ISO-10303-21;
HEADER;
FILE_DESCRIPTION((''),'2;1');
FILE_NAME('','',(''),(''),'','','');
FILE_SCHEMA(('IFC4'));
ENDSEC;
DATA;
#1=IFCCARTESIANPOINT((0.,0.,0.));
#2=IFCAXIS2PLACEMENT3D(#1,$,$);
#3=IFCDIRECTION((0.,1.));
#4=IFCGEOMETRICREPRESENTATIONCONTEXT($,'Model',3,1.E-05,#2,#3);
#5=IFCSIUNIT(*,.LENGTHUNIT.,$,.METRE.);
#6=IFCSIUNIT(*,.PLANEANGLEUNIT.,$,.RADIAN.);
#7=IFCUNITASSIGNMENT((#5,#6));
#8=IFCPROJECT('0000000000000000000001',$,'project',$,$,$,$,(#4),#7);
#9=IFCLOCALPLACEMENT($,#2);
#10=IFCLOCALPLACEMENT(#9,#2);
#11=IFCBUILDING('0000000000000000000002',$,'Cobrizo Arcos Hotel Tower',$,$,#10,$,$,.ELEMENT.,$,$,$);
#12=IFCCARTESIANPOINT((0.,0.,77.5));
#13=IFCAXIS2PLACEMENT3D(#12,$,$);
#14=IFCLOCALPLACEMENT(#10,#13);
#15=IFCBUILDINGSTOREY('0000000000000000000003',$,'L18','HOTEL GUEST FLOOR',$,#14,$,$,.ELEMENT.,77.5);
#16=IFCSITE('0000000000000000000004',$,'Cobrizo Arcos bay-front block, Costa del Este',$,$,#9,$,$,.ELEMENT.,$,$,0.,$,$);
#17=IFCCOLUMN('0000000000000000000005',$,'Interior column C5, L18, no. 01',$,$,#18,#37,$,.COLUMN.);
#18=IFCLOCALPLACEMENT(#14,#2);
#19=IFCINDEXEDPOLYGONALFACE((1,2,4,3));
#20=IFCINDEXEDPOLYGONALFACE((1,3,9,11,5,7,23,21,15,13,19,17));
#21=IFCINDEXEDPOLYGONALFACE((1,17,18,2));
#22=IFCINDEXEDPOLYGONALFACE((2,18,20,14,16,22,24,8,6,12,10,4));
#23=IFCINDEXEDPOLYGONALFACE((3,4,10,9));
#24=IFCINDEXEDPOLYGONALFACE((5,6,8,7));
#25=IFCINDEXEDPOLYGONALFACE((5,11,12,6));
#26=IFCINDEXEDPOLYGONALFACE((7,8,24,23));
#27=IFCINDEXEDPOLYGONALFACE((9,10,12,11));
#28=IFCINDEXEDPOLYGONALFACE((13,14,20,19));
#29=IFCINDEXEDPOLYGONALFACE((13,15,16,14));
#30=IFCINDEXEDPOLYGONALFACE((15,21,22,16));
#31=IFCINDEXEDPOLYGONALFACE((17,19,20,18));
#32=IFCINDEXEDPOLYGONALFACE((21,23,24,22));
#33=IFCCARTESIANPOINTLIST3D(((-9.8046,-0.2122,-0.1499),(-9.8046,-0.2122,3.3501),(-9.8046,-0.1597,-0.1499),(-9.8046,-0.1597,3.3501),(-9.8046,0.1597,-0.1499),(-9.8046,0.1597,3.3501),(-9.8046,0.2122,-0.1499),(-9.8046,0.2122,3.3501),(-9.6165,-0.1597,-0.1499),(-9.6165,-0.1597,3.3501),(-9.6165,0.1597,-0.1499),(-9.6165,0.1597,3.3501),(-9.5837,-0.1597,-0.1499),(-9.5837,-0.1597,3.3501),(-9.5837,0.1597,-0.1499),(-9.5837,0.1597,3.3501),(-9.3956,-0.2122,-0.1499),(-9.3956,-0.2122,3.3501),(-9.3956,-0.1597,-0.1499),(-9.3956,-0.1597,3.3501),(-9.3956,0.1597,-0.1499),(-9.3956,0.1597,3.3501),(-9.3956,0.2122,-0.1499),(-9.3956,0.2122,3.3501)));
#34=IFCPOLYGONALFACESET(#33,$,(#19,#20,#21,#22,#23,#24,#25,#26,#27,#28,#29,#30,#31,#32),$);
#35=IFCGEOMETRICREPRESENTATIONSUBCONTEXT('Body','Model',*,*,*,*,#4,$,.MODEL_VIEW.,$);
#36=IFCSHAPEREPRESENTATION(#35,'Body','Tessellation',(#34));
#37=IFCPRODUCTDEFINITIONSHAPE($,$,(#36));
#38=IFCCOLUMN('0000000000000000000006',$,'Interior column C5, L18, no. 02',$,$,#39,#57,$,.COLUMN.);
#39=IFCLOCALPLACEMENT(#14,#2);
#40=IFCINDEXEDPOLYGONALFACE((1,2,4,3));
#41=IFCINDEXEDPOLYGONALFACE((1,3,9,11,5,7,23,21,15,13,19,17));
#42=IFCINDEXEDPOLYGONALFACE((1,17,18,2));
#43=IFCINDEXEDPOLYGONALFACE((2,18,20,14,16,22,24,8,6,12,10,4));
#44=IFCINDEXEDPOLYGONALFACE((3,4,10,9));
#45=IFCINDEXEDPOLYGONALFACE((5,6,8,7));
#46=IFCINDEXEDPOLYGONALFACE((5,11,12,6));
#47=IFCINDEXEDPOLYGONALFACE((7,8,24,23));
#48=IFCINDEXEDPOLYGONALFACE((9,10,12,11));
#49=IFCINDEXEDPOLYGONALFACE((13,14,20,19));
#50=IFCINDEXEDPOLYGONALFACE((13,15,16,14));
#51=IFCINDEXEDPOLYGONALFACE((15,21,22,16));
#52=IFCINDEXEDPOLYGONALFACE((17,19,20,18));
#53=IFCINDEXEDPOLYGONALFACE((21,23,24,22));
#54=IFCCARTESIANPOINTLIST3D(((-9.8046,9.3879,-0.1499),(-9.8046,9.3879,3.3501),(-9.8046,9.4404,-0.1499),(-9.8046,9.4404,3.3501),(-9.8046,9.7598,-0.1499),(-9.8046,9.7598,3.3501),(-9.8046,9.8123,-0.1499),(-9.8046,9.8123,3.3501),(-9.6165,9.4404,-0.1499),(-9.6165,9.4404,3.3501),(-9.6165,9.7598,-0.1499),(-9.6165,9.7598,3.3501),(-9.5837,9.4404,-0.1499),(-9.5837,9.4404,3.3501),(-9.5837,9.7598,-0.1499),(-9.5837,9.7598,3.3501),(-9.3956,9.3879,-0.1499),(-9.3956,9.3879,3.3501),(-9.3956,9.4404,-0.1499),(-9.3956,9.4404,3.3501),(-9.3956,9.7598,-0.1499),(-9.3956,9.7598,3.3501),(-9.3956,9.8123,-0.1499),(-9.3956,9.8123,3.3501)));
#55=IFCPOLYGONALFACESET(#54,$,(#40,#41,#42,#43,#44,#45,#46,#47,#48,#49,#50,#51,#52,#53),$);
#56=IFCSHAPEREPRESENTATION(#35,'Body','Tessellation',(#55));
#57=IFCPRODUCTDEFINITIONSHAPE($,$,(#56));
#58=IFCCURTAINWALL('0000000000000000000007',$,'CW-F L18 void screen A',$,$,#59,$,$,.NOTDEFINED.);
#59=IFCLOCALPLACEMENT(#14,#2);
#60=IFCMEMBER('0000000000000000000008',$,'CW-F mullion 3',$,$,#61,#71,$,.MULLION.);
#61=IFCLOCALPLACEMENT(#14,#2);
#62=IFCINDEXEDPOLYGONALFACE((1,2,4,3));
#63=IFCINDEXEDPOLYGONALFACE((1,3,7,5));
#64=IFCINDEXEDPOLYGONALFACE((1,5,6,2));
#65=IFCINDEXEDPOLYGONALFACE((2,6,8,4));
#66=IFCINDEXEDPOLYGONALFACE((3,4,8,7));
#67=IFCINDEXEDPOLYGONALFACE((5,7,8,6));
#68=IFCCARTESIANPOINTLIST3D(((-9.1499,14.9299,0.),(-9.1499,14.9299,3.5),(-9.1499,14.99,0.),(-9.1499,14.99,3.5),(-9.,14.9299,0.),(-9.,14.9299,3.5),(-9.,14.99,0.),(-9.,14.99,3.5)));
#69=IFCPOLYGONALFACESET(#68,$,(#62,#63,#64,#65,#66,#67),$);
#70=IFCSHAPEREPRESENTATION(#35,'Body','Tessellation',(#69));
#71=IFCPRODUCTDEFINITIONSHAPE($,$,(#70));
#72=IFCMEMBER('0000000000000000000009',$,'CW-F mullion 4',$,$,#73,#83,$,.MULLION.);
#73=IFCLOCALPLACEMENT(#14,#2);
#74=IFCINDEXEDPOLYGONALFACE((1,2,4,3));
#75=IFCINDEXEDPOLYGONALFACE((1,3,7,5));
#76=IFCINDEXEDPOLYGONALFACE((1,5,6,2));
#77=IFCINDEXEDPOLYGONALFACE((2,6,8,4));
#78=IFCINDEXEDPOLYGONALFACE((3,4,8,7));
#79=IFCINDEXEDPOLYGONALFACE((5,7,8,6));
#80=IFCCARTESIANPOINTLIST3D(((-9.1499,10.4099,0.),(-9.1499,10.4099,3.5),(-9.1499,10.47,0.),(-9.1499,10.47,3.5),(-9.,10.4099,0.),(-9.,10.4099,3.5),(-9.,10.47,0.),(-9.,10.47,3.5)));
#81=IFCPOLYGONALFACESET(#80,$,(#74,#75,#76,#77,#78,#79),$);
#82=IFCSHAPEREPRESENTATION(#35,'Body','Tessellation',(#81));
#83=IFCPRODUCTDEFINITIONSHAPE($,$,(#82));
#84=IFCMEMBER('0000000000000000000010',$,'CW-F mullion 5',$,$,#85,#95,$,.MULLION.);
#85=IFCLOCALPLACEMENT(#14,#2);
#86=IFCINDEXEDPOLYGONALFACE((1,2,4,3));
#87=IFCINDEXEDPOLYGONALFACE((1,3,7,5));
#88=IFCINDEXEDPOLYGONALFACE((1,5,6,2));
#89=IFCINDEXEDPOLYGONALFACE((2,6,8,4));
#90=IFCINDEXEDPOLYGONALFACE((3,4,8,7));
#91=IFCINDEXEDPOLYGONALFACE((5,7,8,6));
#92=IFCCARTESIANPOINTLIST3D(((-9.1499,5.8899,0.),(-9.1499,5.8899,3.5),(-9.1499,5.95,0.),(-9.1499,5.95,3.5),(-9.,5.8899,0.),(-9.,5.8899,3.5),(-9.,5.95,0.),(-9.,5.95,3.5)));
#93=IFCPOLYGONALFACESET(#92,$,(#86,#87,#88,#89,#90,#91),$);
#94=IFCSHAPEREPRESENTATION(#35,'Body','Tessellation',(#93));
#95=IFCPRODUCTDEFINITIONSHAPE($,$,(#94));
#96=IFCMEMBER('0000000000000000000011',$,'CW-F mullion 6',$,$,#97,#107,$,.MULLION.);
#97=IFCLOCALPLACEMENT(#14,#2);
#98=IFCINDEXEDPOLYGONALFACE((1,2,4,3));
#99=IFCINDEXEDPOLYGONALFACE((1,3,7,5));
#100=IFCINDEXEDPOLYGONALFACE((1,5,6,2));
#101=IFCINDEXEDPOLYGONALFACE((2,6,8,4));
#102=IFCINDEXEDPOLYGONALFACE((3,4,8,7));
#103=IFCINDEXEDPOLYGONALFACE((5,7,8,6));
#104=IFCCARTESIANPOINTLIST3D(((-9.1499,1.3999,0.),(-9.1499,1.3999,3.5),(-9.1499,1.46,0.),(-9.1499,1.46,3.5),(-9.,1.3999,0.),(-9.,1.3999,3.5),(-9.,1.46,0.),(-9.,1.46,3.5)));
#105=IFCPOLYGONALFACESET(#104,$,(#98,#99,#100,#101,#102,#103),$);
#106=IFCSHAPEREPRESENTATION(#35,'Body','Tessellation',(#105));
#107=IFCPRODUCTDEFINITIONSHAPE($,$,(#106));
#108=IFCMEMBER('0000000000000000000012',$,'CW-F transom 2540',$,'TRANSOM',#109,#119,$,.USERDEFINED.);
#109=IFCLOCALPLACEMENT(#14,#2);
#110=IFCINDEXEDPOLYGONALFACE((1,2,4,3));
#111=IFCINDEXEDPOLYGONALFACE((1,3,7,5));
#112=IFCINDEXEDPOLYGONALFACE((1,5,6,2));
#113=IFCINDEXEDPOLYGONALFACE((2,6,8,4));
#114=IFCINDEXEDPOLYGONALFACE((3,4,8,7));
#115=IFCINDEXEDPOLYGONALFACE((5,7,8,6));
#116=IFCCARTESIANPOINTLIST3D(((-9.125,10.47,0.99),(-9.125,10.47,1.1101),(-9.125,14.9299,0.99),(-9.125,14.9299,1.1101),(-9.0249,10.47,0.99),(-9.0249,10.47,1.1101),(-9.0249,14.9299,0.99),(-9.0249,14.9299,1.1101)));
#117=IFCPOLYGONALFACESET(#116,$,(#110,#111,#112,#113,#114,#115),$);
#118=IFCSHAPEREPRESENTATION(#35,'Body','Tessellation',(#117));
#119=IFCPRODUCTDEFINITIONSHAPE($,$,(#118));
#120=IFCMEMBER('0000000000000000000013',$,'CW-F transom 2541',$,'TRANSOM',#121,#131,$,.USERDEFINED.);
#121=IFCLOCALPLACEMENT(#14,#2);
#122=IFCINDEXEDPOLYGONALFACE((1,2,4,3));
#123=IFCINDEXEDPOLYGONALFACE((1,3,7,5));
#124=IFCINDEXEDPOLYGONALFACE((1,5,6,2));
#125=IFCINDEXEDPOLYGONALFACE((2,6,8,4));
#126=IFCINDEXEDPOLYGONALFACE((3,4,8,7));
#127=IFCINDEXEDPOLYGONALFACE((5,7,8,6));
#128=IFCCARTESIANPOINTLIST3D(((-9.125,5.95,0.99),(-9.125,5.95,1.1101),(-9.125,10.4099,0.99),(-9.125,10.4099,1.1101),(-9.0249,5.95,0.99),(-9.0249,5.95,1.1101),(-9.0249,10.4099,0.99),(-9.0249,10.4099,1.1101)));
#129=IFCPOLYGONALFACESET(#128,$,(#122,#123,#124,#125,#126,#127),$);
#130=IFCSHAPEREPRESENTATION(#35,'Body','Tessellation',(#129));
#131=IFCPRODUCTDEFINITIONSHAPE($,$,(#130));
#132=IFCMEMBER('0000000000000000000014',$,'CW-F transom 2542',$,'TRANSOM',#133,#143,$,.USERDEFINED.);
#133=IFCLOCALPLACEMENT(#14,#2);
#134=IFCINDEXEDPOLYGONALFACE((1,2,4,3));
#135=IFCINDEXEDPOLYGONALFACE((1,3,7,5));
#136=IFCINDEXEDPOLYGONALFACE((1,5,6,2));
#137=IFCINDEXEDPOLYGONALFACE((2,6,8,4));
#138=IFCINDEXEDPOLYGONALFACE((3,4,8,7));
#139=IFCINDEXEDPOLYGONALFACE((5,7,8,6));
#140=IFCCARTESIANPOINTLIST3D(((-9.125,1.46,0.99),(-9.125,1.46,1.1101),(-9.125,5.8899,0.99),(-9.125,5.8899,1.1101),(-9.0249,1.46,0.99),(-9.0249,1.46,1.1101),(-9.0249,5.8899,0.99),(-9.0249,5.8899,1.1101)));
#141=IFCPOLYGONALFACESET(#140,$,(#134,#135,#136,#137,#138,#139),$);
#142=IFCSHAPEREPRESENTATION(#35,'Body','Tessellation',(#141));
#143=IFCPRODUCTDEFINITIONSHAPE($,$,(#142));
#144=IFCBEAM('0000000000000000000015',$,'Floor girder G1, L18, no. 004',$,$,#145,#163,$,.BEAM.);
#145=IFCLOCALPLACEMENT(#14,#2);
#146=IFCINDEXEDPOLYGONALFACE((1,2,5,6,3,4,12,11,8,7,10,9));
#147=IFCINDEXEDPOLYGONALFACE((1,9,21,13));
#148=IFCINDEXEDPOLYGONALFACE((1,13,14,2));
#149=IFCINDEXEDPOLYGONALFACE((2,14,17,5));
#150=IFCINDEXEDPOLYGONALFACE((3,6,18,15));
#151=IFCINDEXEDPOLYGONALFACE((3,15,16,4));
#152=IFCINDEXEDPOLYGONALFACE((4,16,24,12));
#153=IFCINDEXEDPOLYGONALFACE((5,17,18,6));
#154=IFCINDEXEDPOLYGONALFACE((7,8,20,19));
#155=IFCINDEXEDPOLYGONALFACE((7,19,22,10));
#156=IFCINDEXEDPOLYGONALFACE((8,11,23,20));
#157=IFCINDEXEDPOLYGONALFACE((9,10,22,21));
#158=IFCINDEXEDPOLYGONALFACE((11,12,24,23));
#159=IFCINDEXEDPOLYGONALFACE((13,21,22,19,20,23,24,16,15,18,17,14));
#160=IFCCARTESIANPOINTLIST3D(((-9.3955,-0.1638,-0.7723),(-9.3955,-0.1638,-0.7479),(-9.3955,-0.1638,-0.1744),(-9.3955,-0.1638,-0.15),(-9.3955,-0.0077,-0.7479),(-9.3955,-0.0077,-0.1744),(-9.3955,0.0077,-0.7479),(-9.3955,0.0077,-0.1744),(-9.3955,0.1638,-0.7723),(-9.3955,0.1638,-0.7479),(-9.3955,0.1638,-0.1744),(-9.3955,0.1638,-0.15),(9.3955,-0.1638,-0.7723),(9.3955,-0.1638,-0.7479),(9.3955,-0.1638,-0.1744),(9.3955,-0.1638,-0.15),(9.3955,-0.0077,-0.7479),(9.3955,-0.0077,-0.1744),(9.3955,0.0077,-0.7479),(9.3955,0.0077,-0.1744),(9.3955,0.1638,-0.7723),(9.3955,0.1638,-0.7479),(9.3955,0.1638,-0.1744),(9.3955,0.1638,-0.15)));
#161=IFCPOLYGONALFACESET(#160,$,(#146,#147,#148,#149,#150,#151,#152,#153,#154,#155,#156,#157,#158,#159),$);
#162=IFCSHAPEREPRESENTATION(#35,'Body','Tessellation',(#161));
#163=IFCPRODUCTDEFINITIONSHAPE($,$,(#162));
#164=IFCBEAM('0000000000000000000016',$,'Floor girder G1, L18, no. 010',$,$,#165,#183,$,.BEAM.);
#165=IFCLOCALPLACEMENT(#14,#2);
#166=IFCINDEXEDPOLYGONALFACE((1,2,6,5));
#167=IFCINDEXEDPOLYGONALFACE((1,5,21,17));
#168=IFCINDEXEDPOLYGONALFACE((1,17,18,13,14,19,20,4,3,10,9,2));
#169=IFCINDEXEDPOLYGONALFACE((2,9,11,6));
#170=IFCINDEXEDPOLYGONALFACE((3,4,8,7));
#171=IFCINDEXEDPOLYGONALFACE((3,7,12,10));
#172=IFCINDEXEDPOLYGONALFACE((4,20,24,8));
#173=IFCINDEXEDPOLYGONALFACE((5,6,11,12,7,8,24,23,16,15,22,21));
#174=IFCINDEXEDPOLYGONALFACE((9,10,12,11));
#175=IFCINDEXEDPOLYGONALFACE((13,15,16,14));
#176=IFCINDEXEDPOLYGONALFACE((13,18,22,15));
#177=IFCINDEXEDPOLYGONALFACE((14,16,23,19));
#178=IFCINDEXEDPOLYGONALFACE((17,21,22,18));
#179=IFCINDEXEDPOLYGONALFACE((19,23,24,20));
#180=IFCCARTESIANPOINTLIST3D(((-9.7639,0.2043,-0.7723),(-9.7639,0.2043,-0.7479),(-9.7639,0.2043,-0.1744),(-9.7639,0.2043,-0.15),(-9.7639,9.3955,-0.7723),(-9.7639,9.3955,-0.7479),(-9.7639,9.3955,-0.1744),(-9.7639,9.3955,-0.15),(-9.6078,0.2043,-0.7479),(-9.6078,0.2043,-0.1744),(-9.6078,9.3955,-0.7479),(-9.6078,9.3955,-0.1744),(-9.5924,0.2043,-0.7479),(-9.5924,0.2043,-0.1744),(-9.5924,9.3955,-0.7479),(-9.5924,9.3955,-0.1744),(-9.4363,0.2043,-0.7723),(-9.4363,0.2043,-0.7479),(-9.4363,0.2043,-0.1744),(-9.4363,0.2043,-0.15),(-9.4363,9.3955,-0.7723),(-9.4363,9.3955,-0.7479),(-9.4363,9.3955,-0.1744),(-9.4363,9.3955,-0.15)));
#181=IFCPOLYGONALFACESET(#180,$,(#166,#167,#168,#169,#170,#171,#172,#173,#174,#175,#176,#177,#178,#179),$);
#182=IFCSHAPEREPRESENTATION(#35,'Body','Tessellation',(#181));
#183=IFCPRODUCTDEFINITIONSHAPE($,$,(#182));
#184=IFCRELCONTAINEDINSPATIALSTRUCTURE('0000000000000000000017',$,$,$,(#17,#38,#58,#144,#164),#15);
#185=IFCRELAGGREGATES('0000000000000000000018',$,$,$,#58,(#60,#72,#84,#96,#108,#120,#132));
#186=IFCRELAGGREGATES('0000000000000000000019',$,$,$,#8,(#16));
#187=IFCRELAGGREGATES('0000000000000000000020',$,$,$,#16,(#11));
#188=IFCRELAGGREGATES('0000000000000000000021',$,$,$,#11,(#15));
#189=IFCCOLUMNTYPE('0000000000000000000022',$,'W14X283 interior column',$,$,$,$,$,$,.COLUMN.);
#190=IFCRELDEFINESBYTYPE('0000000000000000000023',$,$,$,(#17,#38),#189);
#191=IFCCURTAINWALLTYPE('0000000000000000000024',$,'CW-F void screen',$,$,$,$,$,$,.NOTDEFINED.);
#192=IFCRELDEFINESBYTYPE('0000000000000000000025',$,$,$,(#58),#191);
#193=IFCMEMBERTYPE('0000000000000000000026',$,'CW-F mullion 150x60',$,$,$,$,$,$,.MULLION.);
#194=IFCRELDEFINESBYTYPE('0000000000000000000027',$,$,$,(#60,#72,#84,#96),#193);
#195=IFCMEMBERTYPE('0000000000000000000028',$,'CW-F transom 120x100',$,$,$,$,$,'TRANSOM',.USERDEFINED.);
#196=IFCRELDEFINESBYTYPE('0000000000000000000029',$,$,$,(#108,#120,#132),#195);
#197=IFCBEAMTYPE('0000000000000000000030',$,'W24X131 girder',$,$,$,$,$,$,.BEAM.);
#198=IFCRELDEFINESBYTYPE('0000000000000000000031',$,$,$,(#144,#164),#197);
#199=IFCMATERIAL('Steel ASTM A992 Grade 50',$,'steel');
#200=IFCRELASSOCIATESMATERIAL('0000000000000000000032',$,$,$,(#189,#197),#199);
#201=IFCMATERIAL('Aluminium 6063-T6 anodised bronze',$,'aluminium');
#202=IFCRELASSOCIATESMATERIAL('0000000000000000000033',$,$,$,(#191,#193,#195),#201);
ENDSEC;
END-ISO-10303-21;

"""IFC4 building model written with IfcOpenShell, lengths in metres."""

from ifc_helpers import new_model, si_unit, direction, frame, origin, origin_2d, place, context, subcontext, project, spatial, rectangle, i_section, extrude, material, material_profile, profile_set, type_object, element, aggregate, save


model = new_model("IFC4")

# Units and contexts
model_context = context("Model", 3, precision=1e-05, world=origin(), true_north=direction((0.0, 1.0)))
body_context = subcontext(model_context, "Body", "Model", "MODEL_VIEW")
ifc_project = project(units=[si_unit("LENGTHUNIT", "METRE"), si_unit("PLANEANGLEUNIT", "RADIAN")], contexts=[model_context])

# Site, building, storey
site_placement = place(None, origin())
site = spatial("IfcSite", under=ifc_project, at=site_placement, Name="Cobrizo Arcos bay-front block, Costa del Este", CompositionType="ELEMENT", RefElevation=0.0)
building_placement = place(site_placement, origin())
building = spatial("IfcBuilding", under=site, at=building_placement, Name="Cobrizo Arcos Hotel Tower", CompositionType="ELEMENT")
storey_placement = place(building_placement, frame((0.0, 0.0, 77.5)))
storey = spatial("IfcBuildingStorey", under=building, at=storey_placement, Name="L18", Description="HOTEL GUEST FLOOR", CompositionType="ELEMENT", Elevation=77.5)

# Columns
ifc_material_1 = material(Name="Steel ASTM A992 Grade 50", Category="steel")
ifc_material_profile_1 = material_profile(ifc_material_1, i_section(OverallWidth=0.4089, OverallDepth=0.4243, WebThickness=0.0327, FlangeThickness=0.0525, at=origin_2d()), Name="W14X283")
ifc_profile_set_1 = profile_set([ifc_material_profile_1], Name="Steel ASTM A992 Grade 50")
column_type = type_object("IfcColumnType", Name="W14X283 interior column", PredefinedType="COLUMN", material=ifc_profile_set_1)
for number, where, z_axis, x_axis, name in (
    (1, (-9.6001, 0.0, -0.1499), (0.0, 0.0, 1.0), (1.0, 0.0, 0.0), "Interior column C5, L18, no. 01"),
    (2, (-9.6001, 9.6001, -0.1499), (0.0, 0.0, 1.0), (1.0, 0.0, 0.0), "Interior column C5, L18, no. 02"),
):
    element("IfcColumn", number, at=place(storey_placement, frame(where, z_axis=z_axis, x_axis=x_axis)), inside=storey, type_object=column_type, Name=name, PredefinedType="COLUMN", context=body_context, shape_type="SweptSolid", body=[
        extrude(i_section(OverallWidth=0.4089, OverallDepth=0.4243, WebThickness=0.0327, FlangeThickness=0.0525, at=origin_2d()), origin(), (0.0, 0.0, 1.0), 3.5),
    ])

# Curtain wall, members
ifc_material_2 = material(Name="Aluminium 6063-T6 anodised bronze", Category="aluminium")
curtain_wall_type = type_object("IfcCurtainWallType", Name="CW-F void screen", PredefinedType="NOTDEFINED", material=ifc_material_2)
curtain_wall_placement = place(storey_placement, origin())
curtain_wall = element("IfcCurtainWall", 3, at=curtain_wall_placement, inside=storey, type_object=curtain_wall_type, Name="CW-F L18 void screen A", PredefinedType="NOTDEFINED")
ifc_material_profile_2 = material_profile(ifc_material_2, rectangle(XDim=0.1499, YDim=0.0601, at=origin_2d()), Name="CW-F mullion 150x60")
ifc_profile_set_2 = profile_set([ifc_material_profile_2], Name="Aluminium 6063-T6 anodised bronze")
member_type_1 = type_object("IfcMemberType", Name="CW-F mullion 150x60", PredefinedType="MULLION", material=ifc_profile_set_2)
member_1_placement = place(storey_placement, frame((-9.075, 14.96, 0.0), z_axis=(0.0, 0.0, 1.0), x_axis=(-1.0, 0.0, 0.0)))
member_1 = element("IfcMember", 4, at=member_1_placement, type_object=member_type_1, Name="CW-F mullion 3", PredefinedType="MULLION", context=body_context, shape_type="SweptSolid", body=[
    extrude(rectangle(XDim=0.1499, YDim=0.0601, at=origin_2d()), origin(), (0.0, 0.0, 1.0), 3.5),
])
member_2_placement = place(storey_placement, frame((-9.075, 10.4399, 0.0), z_axis=(0.0, 0.0, 1.0), x_axis=(-1.0, 0.0, 0.0)))
member_2 = element("IfcMember", 5, at=member_2_placement, type_object=member_type_1, Name="CW-F mullion 4", PredefinedType="MULLION", context=body_context, shape_type="SweptSolid", body=[
    extrude(rectangle(XDim=0.1499, YDim=0.0601, at=origin_2d()), origin(), (0.0, 0.0, 1.0), 3.5),
])
member_3_placement = place(storey_placement, frame((-9.075, 5.9199, 0.0), z_axis=(0.0, 0.0, 1.0), x_axis=(-1.0, 0.0, 0.0)))
member_3 = element("IfcMember", 6, at=member_3_placement, type_object=member_type_1, Name="CW-F mullion 5", PredefinedType="MULLION", context=body_context, shape_type="SweptSolid", body=[
    extrude(rectangle(XDim=0.1499, YDim=0.0601, at=origin_2d()), origin(), (0.0, 0.0, 1.0), 3.5),
])
member_4_placement = place(storey_placement, frame((-9.075, 1.4299, 0.0), z_axis=(0.0, 0.0, 1.0), x_axis=(-1.0, 0.0, 0.0)))
member_4 = element("IfcMember", 7, at=member_4_placement, type_object=member_type_1, Name="CW-F mullion 6", PredefinedType="MULLION", context=body_context, shape_type="SweptSolid", body=[
    extrude(rectangle(XDim=0.1499, YDim=0.0601, at=origin_2d()), origin(), (0.0, 0.0, 1.0), 3.5),
])
ifc_material_profile_3 = material_profile(ifc_material_2, rectangle(XDim=0.1001, YDim=0.1201, at=origin_2d()), Name="CW-F transom 120x100")
ifc_profile_set_3 = profile_set([ifc_material_profile_3], Name="Aluminium 6063-T6 anodised bronze")
member_type_2 = type_object("IfcMemberType", Name="CW-F transom 120x100", ElementType="TRANSOM", PredefinedType="USERDEFINED", material=ifc_profile_set_3)
member_5_placement = place(storey_placement, frame((-9.075, 14.9299, 1.05), z_axis=(0.0, -1.0, 0.0), x_axis=(1.0, 0.0, 0.0)))
member_5 = element("IfcMember", 8, at=member_5_placement, type_object=member_type_2, Name="CW-F transom 2540", ObjectType="TRANSOM", PredefinedType="USERDEFINED", context=body_context, shape_type="SweptSolid", body=[
    extrude(rectangle(XDim=0.1001, YDim=0.1201, at=origin_2d()), origin(), (0.0, 0.0, 1.0), 4.46),
])
member_6_placement = place(storey_placement, frame((-9.075, 10.4099, 1.05), z_axis=(0.0, -1.0, 0.0), x_axis=(1.0, 0.0, 0.0)))
member_6 = element("IfcMember", 9, at=member_6_placement, type_object=member_type_2, Name="CW-F transom 2541", ObjectType="TRANSOM", PredefinedType="USERDEFINED", context=body_context, shape_type="SweptSolid", body=[
    extrude(rectangle(XDim=0.1001, YDim=0.1201, at=origin_2d()), origin(), (0.0, 0.0, 1.0), 4.46),
])
member_7_placement = place(storey_placement, frame((-9.075, 5.8899, 1.05), z_axis=(0.0, -1.0, 0.0), x_axis=(1.0, 0.0, 0.0)))
member_7 = element("IfcMember", 10, at=member_7_placement, type_object=member_type_2, Name="CW-F transom 2542", ObjectType="TRANSOM", PredefinedType="USERDEFINED", context=body_context, shape_type="SweptSolid", body=[
    extrude(rectangle(XDim=0.1001, YDim=0.1201, at=origin_2d()), origin(), (0.0, 0.0, 1.0), 4.4299),
])

# Beams
ifc_material_profile_4 = material_profile(ifc_material_1, i_section(OverallWidth=0.3276, OverallDepth=0.6223, WebThickness=0.0154, FlangeThickness=0.0244, at=origin_2d()), Name="W24X131")
ifc_profile_set_4 = profile_set([ifc_material_profile_4], Name="Steel ASTM A992 Grade 50")
beam_type_1 = type_object("IfcBeamType", Name="W24X131 girder", PredefinedType="BEAM", material=ifc_profile_set_4)
beam_1_placement = place(storey_placement, frame((-9.3955, 0.0, -0.4612), z_axis=(1.0, 0.0, 0.0), x_axis=(0.0, 1.0, 0.0)))
element("IfcBeam", 11, at=beam_1_placement, inside=storey, type_object=beam_type_1, Name="Floor girder G1, L18, no. 004", PredefinedType="BEAM", context=body_context, shape_type="SweptSolid", body=[
    extrude(i_section(OverallWidth=0.3276, OverallDepth=0.6223, WebThickness=0.0154, FlangeThickness=0.0244, at=origin_2d()), origin(), (0.0, 0.0, 1.0), 18.791),
])
beam_2_placement = place(storey_placement, frame((-9.6001, 0.2043, -0.4612), z_axis=(0.0, 1.0, 0.0), x_axis=(-1.0, 0.0, 0.0)))
element("IfcBeam", 12, at=beam_2_placement, inside=storey, type_object=beam_type_1, Name="Floor girder G1, L18, no. 010", PredefinedType="BEAM", context=body_context, shape_type="SweptSolid", body=[
    extrude(i_section(OverallWidth=0.3276, OverallDepth=0.6223, WebThickness=0.0154, FlangeThickness=0.0244, at=origin_2d()), origin(), (0.0, 0.0, 1.0), 9.1912),
])

aggregate(curtain_wall, [member_1, member_2, member_3, member_4, member_5, member_6, member_7])

save(model, "model.ifc")
